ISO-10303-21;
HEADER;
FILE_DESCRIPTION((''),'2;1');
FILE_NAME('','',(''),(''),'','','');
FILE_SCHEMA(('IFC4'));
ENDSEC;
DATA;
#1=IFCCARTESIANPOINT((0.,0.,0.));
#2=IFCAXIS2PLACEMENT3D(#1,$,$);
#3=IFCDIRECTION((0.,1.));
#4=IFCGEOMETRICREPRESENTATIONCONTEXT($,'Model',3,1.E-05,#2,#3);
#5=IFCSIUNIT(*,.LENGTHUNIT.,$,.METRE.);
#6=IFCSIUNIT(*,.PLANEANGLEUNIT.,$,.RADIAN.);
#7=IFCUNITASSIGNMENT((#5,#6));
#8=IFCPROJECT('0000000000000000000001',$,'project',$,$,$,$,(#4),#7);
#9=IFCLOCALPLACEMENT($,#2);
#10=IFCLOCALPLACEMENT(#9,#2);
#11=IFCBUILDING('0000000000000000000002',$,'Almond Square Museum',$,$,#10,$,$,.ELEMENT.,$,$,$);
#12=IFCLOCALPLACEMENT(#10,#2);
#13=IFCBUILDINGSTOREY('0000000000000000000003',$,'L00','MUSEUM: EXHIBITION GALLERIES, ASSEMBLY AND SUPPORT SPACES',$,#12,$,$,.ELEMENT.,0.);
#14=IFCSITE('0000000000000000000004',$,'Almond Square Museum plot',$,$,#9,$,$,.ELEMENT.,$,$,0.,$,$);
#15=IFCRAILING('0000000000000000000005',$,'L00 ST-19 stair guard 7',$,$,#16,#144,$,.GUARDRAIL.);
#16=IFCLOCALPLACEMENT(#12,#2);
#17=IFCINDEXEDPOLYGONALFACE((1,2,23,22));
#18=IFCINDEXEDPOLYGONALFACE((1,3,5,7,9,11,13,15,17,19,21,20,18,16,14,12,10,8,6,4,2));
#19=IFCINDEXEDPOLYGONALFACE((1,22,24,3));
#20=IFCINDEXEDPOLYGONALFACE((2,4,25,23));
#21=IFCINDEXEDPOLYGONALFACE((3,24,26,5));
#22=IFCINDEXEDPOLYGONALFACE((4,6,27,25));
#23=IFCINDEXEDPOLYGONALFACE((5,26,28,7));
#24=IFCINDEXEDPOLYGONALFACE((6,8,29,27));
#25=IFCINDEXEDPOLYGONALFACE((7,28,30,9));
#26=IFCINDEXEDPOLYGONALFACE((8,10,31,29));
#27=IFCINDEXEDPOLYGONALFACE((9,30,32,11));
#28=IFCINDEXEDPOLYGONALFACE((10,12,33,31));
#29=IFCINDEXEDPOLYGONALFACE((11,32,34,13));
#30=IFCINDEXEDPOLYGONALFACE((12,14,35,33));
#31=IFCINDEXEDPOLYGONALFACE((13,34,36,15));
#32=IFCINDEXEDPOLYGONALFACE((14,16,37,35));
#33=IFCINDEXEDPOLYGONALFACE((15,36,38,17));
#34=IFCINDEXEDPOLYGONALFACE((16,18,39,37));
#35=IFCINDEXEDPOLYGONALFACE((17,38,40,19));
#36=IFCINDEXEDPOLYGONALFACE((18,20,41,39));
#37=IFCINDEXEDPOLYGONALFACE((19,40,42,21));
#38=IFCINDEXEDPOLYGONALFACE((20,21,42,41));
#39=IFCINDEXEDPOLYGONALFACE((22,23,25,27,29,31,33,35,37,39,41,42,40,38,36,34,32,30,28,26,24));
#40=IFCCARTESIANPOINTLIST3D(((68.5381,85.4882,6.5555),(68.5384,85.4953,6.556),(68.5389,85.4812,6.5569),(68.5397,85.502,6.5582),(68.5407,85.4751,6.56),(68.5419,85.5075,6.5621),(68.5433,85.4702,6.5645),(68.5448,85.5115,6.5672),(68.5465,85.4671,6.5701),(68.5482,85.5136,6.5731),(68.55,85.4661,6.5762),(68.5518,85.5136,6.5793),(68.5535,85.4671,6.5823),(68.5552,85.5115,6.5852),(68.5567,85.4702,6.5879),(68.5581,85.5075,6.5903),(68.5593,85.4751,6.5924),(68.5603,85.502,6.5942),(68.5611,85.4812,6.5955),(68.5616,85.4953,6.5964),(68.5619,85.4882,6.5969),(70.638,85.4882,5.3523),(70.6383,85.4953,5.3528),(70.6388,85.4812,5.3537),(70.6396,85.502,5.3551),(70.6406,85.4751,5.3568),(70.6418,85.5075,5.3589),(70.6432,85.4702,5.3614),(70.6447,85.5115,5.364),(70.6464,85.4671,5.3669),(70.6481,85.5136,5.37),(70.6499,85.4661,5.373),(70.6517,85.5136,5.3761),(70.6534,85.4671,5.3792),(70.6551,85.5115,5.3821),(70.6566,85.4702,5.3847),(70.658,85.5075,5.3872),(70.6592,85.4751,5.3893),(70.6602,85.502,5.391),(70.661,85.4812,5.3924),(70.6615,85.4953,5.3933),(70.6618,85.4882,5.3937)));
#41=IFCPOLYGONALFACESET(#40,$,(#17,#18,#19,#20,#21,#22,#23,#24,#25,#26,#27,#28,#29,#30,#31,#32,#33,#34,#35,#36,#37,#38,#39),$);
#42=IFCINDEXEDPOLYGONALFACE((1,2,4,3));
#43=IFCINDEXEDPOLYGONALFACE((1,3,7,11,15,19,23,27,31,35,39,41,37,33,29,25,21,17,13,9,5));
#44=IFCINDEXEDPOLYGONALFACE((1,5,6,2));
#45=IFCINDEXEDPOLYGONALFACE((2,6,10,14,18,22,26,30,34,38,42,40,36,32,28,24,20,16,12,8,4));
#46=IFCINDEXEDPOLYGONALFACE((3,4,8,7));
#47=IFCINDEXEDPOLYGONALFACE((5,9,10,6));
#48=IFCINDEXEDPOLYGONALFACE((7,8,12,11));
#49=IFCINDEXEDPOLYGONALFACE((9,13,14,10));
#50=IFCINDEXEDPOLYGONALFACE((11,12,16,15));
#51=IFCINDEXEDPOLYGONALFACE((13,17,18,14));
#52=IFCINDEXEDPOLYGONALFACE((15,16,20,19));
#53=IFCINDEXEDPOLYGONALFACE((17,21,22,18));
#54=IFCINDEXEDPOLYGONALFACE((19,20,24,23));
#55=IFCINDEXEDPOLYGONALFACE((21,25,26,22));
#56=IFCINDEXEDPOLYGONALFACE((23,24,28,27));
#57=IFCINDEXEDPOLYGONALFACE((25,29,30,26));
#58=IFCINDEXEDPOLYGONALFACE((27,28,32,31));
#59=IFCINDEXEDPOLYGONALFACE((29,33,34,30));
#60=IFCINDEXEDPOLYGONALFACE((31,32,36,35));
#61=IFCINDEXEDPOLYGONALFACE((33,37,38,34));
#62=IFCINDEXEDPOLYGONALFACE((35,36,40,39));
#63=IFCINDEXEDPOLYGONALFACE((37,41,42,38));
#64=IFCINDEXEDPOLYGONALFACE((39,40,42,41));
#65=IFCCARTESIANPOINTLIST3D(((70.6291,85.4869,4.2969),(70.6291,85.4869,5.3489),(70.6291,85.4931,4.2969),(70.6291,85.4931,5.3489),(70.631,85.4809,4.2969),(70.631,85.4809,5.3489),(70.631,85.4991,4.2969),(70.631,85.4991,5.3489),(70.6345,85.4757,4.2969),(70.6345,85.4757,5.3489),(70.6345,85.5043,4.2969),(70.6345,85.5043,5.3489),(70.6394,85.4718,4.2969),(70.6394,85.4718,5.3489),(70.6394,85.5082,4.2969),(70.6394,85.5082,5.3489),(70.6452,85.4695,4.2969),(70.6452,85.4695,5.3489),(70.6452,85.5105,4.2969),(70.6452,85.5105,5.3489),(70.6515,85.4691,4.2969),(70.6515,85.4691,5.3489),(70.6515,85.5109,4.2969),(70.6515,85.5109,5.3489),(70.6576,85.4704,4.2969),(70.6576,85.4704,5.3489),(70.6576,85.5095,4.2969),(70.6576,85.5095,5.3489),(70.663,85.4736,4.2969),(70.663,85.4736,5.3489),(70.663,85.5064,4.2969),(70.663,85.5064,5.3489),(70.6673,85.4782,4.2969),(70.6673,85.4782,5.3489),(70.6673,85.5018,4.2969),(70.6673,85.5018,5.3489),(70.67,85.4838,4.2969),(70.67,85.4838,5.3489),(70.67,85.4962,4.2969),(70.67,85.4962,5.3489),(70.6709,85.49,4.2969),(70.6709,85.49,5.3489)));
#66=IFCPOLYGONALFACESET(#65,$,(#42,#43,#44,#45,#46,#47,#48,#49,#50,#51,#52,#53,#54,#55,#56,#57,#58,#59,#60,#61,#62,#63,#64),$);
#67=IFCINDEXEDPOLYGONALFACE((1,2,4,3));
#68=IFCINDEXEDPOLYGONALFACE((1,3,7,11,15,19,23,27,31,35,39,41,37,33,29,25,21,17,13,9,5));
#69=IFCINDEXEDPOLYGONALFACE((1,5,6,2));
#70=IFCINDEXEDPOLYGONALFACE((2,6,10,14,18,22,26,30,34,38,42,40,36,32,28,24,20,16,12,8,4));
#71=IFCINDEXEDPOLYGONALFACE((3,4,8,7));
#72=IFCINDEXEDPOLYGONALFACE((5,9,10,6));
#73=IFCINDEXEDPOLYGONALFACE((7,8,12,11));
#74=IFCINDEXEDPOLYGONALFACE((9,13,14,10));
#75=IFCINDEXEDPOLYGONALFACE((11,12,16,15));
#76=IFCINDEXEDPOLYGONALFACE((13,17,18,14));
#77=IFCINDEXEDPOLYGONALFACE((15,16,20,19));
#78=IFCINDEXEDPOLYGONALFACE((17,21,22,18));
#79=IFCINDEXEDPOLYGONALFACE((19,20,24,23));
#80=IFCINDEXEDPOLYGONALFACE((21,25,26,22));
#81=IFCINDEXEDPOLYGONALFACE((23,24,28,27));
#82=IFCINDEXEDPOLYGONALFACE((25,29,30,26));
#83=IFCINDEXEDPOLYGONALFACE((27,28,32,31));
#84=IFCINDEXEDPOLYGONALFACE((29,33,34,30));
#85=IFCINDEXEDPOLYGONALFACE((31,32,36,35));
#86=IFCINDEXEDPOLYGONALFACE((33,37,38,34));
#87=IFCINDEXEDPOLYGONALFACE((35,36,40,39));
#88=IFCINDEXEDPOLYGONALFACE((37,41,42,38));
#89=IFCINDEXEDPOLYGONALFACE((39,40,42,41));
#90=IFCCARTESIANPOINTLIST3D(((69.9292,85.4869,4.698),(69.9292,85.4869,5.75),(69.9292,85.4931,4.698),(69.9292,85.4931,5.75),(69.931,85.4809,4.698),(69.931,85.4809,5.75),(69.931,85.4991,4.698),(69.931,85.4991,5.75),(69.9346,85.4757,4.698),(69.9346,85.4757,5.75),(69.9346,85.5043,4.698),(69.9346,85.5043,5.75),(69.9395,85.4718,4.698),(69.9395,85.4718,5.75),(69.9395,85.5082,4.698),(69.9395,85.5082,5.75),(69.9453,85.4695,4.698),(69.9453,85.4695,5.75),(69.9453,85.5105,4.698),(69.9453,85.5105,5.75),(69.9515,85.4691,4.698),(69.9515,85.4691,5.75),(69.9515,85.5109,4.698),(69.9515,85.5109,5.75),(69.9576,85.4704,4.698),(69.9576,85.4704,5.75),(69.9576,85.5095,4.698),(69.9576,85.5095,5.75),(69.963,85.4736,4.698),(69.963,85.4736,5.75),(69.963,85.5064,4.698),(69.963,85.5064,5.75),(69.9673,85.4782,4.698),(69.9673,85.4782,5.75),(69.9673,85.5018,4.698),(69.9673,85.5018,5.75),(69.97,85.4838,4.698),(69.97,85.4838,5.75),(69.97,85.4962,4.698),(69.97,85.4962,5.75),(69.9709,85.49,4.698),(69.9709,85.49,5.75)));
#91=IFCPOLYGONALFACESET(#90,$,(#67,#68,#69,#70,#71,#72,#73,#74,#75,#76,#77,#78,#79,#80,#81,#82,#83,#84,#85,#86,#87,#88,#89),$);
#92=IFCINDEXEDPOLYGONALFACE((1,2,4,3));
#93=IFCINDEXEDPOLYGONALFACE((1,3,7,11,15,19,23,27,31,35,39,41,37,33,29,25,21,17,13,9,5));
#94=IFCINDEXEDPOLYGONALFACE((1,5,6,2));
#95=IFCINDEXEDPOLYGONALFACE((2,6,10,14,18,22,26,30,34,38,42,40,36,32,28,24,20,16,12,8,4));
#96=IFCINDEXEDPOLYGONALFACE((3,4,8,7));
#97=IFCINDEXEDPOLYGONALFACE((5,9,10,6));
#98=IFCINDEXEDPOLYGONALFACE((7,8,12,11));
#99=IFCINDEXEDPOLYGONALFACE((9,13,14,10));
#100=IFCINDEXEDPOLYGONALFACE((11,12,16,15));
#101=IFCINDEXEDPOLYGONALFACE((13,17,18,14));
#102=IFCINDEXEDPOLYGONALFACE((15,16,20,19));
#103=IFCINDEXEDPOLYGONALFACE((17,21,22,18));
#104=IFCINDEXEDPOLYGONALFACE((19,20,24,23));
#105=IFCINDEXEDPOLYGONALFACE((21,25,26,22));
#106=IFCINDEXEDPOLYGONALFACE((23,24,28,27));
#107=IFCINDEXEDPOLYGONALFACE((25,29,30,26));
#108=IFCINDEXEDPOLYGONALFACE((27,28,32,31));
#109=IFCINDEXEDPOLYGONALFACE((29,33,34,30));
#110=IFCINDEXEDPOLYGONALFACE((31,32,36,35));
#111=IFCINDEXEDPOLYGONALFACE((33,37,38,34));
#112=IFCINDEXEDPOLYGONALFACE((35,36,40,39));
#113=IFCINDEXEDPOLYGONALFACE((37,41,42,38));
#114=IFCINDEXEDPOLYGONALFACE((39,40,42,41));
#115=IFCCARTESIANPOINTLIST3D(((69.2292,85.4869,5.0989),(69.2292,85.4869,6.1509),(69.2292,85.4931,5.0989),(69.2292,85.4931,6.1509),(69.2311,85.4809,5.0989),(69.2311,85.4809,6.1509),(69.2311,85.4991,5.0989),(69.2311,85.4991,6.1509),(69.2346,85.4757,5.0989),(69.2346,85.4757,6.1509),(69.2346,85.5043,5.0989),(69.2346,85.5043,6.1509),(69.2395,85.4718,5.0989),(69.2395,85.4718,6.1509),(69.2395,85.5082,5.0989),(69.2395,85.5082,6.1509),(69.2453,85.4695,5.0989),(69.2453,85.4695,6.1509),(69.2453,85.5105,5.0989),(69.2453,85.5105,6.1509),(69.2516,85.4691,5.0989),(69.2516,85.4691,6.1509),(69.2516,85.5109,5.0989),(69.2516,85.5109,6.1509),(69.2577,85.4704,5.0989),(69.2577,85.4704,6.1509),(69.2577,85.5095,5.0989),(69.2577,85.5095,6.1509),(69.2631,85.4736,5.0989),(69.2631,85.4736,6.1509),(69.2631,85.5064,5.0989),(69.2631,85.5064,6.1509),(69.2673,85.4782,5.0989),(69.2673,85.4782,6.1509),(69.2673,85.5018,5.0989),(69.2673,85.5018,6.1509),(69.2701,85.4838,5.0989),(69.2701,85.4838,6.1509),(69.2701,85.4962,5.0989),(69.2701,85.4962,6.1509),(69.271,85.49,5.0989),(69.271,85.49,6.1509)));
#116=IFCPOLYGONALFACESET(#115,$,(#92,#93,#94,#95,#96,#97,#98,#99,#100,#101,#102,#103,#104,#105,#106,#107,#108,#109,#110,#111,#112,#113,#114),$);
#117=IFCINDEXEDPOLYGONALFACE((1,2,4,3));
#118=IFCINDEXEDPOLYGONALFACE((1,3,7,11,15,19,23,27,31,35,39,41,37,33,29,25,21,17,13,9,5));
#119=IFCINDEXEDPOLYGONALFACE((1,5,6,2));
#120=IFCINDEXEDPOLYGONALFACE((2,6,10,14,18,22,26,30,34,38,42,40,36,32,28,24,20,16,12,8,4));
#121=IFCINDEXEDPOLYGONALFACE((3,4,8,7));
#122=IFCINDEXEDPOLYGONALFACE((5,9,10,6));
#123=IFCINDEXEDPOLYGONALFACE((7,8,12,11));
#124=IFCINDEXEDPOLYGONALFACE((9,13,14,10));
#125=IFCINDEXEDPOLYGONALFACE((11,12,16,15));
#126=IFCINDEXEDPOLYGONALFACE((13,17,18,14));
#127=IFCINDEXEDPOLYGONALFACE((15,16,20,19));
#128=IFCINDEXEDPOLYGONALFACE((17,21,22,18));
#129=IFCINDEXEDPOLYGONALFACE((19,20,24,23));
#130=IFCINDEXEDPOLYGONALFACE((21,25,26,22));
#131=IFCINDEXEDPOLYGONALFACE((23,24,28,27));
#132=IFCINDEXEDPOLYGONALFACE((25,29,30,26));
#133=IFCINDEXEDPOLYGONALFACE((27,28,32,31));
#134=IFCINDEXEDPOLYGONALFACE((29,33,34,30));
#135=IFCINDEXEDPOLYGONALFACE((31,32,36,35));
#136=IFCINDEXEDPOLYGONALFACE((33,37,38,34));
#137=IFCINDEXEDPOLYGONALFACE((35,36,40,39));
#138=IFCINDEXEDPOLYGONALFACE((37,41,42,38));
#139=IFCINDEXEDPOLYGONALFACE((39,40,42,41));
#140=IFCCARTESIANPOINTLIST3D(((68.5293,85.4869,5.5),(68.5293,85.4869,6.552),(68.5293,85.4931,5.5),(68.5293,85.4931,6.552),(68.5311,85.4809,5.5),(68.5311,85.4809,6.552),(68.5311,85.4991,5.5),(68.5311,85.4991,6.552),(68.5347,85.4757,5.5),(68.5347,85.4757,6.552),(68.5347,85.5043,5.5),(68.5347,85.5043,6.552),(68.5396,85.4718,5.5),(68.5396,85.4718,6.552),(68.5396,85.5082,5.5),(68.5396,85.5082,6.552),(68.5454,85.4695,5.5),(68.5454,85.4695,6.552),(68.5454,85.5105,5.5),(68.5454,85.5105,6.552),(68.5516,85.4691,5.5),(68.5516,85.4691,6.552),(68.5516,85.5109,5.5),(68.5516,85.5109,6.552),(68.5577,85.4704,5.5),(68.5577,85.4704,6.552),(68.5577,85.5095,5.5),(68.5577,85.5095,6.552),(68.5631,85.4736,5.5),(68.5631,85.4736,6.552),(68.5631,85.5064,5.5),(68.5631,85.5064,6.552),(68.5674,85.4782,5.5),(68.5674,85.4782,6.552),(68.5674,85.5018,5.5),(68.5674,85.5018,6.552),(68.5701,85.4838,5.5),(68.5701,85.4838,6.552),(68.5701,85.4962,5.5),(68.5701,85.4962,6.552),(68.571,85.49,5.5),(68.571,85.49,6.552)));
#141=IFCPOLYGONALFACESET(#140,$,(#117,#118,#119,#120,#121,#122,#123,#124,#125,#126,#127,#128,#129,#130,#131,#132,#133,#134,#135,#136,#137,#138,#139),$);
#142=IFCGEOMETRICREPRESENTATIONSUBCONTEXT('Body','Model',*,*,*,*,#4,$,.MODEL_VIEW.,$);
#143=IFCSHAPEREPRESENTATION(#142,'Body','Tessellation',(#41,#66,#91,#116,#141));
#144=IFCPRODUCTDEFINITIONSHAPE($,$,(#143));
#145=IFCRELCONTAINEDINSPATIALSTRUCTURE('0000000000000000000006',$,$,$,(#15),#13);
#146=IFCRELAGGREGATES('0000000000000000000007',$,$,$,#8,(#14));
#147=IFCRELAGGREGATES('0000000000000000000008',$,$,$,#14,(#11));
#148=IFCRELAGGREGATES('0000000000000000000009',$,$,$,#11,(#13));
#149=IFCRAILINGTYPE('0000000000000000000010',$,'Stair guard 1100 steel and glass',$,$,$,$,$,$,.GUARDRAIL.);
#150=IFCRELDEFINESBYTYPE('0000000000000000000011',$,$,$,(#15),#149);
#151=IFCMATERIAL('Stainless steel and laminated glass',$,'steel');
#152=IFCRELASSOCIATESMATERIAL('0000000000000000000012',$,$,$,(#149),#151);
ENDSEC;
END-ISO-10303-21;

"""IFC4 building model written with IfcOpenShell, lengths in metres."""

from ifc_helpers import new_model, si_unit, direction, frame, origin, origin_2d, place, context, subcontext, project, spatial, circle, extrude, material, type_object, element, save


model = new_model("IFC4")

# Units and contexts
model_context = context("Model", 3, precision=1e-05, world=origin(), true_north=direction((0.0, 1.0)))
body_context = subcontext(model_context, "Body", "Model", "MODEL_VIEW")
ifc_project = project(units=[si_unit("LENGTHUNIT", "METRE"), si_unit("PLANEANGLEUNIT", "RADIAN")], contexts=[model_context])

# Site, building, storey
site_placement = place(None, origin())
site = spatial("IfcSite", under=ifc_project, at=site_placement, Name="Almond Square Museum plot", CompositionType="ELEMENT", RefElevation=0.0)
building_placement = place(site_placement, origin())
building = spatial("IfcBuilding", under=site, at=building_placement, Name="Almond Square Museum", CompositionType="ELEMENT")
storey_placement = place(building_placement, origin())
storey = spatial("IfcBuildingStorey", under=building, at=storey_placement, Name="L00", Description="MUSEUM: EXHIBITION GALLERIES, ASSEMBLY AND SUPPORT SPACES", CompositionType="ELEMENT", Elevation=0.0)

# Railing
ifc_material_1 = material(Name="Stainless steel and laminated glass", Category="steel")
railing_type_1 = type_object("IfcRailingType", Name="Stair guard 1100 steel and glass", PredefinedType="GUARDRAIL", material=ifc_material_1)
railing_1_placement = place(storey_placement, frame((70.6499, 85.49, 4.2969)))
element("IfcRailing", 1, at=railing_1_placement, inside=storey, type_object=railing_type_1, Name="L00 ST-19 stair guard 7", PredefinedType="GUARDRAIL", context=body_context, shape_type="SweptSolid", body=[
    extrude(circle(Radius=0.0239, at=origin_2d()), frame((0.0, 0.0, 1.0762), z_axis=(-0.867671, 0.0, 0.497138), x_axis=(0.0, -1.0, 0.0)), (0.0, 0.0, 1.0), 2.4202),
    extrude(circle(Radius=0.021, at=origin_2d()), origin(), (0.0, 0.0, 1.0), 1.052),
    extrude(circle(Radius=0.021, at=origin_2d()), frame((-0.7, 0.0, 0.4011)), (0.0, 0.0, 1.0), 1.052),
    extrude(circle(Radius=0.021, at=origin_2d()), frame((-1.3999, 0.0, 0.802)), (0.0, 0.0, 1.0), 1.052),
    extrude(circle(Radius=0.021, at=origin_2d()), frame((-2.0999, 0.0, 1.2031)), (0.0, 0.0, 1.0), 1.052),
])

save(model, "model.ifc")
